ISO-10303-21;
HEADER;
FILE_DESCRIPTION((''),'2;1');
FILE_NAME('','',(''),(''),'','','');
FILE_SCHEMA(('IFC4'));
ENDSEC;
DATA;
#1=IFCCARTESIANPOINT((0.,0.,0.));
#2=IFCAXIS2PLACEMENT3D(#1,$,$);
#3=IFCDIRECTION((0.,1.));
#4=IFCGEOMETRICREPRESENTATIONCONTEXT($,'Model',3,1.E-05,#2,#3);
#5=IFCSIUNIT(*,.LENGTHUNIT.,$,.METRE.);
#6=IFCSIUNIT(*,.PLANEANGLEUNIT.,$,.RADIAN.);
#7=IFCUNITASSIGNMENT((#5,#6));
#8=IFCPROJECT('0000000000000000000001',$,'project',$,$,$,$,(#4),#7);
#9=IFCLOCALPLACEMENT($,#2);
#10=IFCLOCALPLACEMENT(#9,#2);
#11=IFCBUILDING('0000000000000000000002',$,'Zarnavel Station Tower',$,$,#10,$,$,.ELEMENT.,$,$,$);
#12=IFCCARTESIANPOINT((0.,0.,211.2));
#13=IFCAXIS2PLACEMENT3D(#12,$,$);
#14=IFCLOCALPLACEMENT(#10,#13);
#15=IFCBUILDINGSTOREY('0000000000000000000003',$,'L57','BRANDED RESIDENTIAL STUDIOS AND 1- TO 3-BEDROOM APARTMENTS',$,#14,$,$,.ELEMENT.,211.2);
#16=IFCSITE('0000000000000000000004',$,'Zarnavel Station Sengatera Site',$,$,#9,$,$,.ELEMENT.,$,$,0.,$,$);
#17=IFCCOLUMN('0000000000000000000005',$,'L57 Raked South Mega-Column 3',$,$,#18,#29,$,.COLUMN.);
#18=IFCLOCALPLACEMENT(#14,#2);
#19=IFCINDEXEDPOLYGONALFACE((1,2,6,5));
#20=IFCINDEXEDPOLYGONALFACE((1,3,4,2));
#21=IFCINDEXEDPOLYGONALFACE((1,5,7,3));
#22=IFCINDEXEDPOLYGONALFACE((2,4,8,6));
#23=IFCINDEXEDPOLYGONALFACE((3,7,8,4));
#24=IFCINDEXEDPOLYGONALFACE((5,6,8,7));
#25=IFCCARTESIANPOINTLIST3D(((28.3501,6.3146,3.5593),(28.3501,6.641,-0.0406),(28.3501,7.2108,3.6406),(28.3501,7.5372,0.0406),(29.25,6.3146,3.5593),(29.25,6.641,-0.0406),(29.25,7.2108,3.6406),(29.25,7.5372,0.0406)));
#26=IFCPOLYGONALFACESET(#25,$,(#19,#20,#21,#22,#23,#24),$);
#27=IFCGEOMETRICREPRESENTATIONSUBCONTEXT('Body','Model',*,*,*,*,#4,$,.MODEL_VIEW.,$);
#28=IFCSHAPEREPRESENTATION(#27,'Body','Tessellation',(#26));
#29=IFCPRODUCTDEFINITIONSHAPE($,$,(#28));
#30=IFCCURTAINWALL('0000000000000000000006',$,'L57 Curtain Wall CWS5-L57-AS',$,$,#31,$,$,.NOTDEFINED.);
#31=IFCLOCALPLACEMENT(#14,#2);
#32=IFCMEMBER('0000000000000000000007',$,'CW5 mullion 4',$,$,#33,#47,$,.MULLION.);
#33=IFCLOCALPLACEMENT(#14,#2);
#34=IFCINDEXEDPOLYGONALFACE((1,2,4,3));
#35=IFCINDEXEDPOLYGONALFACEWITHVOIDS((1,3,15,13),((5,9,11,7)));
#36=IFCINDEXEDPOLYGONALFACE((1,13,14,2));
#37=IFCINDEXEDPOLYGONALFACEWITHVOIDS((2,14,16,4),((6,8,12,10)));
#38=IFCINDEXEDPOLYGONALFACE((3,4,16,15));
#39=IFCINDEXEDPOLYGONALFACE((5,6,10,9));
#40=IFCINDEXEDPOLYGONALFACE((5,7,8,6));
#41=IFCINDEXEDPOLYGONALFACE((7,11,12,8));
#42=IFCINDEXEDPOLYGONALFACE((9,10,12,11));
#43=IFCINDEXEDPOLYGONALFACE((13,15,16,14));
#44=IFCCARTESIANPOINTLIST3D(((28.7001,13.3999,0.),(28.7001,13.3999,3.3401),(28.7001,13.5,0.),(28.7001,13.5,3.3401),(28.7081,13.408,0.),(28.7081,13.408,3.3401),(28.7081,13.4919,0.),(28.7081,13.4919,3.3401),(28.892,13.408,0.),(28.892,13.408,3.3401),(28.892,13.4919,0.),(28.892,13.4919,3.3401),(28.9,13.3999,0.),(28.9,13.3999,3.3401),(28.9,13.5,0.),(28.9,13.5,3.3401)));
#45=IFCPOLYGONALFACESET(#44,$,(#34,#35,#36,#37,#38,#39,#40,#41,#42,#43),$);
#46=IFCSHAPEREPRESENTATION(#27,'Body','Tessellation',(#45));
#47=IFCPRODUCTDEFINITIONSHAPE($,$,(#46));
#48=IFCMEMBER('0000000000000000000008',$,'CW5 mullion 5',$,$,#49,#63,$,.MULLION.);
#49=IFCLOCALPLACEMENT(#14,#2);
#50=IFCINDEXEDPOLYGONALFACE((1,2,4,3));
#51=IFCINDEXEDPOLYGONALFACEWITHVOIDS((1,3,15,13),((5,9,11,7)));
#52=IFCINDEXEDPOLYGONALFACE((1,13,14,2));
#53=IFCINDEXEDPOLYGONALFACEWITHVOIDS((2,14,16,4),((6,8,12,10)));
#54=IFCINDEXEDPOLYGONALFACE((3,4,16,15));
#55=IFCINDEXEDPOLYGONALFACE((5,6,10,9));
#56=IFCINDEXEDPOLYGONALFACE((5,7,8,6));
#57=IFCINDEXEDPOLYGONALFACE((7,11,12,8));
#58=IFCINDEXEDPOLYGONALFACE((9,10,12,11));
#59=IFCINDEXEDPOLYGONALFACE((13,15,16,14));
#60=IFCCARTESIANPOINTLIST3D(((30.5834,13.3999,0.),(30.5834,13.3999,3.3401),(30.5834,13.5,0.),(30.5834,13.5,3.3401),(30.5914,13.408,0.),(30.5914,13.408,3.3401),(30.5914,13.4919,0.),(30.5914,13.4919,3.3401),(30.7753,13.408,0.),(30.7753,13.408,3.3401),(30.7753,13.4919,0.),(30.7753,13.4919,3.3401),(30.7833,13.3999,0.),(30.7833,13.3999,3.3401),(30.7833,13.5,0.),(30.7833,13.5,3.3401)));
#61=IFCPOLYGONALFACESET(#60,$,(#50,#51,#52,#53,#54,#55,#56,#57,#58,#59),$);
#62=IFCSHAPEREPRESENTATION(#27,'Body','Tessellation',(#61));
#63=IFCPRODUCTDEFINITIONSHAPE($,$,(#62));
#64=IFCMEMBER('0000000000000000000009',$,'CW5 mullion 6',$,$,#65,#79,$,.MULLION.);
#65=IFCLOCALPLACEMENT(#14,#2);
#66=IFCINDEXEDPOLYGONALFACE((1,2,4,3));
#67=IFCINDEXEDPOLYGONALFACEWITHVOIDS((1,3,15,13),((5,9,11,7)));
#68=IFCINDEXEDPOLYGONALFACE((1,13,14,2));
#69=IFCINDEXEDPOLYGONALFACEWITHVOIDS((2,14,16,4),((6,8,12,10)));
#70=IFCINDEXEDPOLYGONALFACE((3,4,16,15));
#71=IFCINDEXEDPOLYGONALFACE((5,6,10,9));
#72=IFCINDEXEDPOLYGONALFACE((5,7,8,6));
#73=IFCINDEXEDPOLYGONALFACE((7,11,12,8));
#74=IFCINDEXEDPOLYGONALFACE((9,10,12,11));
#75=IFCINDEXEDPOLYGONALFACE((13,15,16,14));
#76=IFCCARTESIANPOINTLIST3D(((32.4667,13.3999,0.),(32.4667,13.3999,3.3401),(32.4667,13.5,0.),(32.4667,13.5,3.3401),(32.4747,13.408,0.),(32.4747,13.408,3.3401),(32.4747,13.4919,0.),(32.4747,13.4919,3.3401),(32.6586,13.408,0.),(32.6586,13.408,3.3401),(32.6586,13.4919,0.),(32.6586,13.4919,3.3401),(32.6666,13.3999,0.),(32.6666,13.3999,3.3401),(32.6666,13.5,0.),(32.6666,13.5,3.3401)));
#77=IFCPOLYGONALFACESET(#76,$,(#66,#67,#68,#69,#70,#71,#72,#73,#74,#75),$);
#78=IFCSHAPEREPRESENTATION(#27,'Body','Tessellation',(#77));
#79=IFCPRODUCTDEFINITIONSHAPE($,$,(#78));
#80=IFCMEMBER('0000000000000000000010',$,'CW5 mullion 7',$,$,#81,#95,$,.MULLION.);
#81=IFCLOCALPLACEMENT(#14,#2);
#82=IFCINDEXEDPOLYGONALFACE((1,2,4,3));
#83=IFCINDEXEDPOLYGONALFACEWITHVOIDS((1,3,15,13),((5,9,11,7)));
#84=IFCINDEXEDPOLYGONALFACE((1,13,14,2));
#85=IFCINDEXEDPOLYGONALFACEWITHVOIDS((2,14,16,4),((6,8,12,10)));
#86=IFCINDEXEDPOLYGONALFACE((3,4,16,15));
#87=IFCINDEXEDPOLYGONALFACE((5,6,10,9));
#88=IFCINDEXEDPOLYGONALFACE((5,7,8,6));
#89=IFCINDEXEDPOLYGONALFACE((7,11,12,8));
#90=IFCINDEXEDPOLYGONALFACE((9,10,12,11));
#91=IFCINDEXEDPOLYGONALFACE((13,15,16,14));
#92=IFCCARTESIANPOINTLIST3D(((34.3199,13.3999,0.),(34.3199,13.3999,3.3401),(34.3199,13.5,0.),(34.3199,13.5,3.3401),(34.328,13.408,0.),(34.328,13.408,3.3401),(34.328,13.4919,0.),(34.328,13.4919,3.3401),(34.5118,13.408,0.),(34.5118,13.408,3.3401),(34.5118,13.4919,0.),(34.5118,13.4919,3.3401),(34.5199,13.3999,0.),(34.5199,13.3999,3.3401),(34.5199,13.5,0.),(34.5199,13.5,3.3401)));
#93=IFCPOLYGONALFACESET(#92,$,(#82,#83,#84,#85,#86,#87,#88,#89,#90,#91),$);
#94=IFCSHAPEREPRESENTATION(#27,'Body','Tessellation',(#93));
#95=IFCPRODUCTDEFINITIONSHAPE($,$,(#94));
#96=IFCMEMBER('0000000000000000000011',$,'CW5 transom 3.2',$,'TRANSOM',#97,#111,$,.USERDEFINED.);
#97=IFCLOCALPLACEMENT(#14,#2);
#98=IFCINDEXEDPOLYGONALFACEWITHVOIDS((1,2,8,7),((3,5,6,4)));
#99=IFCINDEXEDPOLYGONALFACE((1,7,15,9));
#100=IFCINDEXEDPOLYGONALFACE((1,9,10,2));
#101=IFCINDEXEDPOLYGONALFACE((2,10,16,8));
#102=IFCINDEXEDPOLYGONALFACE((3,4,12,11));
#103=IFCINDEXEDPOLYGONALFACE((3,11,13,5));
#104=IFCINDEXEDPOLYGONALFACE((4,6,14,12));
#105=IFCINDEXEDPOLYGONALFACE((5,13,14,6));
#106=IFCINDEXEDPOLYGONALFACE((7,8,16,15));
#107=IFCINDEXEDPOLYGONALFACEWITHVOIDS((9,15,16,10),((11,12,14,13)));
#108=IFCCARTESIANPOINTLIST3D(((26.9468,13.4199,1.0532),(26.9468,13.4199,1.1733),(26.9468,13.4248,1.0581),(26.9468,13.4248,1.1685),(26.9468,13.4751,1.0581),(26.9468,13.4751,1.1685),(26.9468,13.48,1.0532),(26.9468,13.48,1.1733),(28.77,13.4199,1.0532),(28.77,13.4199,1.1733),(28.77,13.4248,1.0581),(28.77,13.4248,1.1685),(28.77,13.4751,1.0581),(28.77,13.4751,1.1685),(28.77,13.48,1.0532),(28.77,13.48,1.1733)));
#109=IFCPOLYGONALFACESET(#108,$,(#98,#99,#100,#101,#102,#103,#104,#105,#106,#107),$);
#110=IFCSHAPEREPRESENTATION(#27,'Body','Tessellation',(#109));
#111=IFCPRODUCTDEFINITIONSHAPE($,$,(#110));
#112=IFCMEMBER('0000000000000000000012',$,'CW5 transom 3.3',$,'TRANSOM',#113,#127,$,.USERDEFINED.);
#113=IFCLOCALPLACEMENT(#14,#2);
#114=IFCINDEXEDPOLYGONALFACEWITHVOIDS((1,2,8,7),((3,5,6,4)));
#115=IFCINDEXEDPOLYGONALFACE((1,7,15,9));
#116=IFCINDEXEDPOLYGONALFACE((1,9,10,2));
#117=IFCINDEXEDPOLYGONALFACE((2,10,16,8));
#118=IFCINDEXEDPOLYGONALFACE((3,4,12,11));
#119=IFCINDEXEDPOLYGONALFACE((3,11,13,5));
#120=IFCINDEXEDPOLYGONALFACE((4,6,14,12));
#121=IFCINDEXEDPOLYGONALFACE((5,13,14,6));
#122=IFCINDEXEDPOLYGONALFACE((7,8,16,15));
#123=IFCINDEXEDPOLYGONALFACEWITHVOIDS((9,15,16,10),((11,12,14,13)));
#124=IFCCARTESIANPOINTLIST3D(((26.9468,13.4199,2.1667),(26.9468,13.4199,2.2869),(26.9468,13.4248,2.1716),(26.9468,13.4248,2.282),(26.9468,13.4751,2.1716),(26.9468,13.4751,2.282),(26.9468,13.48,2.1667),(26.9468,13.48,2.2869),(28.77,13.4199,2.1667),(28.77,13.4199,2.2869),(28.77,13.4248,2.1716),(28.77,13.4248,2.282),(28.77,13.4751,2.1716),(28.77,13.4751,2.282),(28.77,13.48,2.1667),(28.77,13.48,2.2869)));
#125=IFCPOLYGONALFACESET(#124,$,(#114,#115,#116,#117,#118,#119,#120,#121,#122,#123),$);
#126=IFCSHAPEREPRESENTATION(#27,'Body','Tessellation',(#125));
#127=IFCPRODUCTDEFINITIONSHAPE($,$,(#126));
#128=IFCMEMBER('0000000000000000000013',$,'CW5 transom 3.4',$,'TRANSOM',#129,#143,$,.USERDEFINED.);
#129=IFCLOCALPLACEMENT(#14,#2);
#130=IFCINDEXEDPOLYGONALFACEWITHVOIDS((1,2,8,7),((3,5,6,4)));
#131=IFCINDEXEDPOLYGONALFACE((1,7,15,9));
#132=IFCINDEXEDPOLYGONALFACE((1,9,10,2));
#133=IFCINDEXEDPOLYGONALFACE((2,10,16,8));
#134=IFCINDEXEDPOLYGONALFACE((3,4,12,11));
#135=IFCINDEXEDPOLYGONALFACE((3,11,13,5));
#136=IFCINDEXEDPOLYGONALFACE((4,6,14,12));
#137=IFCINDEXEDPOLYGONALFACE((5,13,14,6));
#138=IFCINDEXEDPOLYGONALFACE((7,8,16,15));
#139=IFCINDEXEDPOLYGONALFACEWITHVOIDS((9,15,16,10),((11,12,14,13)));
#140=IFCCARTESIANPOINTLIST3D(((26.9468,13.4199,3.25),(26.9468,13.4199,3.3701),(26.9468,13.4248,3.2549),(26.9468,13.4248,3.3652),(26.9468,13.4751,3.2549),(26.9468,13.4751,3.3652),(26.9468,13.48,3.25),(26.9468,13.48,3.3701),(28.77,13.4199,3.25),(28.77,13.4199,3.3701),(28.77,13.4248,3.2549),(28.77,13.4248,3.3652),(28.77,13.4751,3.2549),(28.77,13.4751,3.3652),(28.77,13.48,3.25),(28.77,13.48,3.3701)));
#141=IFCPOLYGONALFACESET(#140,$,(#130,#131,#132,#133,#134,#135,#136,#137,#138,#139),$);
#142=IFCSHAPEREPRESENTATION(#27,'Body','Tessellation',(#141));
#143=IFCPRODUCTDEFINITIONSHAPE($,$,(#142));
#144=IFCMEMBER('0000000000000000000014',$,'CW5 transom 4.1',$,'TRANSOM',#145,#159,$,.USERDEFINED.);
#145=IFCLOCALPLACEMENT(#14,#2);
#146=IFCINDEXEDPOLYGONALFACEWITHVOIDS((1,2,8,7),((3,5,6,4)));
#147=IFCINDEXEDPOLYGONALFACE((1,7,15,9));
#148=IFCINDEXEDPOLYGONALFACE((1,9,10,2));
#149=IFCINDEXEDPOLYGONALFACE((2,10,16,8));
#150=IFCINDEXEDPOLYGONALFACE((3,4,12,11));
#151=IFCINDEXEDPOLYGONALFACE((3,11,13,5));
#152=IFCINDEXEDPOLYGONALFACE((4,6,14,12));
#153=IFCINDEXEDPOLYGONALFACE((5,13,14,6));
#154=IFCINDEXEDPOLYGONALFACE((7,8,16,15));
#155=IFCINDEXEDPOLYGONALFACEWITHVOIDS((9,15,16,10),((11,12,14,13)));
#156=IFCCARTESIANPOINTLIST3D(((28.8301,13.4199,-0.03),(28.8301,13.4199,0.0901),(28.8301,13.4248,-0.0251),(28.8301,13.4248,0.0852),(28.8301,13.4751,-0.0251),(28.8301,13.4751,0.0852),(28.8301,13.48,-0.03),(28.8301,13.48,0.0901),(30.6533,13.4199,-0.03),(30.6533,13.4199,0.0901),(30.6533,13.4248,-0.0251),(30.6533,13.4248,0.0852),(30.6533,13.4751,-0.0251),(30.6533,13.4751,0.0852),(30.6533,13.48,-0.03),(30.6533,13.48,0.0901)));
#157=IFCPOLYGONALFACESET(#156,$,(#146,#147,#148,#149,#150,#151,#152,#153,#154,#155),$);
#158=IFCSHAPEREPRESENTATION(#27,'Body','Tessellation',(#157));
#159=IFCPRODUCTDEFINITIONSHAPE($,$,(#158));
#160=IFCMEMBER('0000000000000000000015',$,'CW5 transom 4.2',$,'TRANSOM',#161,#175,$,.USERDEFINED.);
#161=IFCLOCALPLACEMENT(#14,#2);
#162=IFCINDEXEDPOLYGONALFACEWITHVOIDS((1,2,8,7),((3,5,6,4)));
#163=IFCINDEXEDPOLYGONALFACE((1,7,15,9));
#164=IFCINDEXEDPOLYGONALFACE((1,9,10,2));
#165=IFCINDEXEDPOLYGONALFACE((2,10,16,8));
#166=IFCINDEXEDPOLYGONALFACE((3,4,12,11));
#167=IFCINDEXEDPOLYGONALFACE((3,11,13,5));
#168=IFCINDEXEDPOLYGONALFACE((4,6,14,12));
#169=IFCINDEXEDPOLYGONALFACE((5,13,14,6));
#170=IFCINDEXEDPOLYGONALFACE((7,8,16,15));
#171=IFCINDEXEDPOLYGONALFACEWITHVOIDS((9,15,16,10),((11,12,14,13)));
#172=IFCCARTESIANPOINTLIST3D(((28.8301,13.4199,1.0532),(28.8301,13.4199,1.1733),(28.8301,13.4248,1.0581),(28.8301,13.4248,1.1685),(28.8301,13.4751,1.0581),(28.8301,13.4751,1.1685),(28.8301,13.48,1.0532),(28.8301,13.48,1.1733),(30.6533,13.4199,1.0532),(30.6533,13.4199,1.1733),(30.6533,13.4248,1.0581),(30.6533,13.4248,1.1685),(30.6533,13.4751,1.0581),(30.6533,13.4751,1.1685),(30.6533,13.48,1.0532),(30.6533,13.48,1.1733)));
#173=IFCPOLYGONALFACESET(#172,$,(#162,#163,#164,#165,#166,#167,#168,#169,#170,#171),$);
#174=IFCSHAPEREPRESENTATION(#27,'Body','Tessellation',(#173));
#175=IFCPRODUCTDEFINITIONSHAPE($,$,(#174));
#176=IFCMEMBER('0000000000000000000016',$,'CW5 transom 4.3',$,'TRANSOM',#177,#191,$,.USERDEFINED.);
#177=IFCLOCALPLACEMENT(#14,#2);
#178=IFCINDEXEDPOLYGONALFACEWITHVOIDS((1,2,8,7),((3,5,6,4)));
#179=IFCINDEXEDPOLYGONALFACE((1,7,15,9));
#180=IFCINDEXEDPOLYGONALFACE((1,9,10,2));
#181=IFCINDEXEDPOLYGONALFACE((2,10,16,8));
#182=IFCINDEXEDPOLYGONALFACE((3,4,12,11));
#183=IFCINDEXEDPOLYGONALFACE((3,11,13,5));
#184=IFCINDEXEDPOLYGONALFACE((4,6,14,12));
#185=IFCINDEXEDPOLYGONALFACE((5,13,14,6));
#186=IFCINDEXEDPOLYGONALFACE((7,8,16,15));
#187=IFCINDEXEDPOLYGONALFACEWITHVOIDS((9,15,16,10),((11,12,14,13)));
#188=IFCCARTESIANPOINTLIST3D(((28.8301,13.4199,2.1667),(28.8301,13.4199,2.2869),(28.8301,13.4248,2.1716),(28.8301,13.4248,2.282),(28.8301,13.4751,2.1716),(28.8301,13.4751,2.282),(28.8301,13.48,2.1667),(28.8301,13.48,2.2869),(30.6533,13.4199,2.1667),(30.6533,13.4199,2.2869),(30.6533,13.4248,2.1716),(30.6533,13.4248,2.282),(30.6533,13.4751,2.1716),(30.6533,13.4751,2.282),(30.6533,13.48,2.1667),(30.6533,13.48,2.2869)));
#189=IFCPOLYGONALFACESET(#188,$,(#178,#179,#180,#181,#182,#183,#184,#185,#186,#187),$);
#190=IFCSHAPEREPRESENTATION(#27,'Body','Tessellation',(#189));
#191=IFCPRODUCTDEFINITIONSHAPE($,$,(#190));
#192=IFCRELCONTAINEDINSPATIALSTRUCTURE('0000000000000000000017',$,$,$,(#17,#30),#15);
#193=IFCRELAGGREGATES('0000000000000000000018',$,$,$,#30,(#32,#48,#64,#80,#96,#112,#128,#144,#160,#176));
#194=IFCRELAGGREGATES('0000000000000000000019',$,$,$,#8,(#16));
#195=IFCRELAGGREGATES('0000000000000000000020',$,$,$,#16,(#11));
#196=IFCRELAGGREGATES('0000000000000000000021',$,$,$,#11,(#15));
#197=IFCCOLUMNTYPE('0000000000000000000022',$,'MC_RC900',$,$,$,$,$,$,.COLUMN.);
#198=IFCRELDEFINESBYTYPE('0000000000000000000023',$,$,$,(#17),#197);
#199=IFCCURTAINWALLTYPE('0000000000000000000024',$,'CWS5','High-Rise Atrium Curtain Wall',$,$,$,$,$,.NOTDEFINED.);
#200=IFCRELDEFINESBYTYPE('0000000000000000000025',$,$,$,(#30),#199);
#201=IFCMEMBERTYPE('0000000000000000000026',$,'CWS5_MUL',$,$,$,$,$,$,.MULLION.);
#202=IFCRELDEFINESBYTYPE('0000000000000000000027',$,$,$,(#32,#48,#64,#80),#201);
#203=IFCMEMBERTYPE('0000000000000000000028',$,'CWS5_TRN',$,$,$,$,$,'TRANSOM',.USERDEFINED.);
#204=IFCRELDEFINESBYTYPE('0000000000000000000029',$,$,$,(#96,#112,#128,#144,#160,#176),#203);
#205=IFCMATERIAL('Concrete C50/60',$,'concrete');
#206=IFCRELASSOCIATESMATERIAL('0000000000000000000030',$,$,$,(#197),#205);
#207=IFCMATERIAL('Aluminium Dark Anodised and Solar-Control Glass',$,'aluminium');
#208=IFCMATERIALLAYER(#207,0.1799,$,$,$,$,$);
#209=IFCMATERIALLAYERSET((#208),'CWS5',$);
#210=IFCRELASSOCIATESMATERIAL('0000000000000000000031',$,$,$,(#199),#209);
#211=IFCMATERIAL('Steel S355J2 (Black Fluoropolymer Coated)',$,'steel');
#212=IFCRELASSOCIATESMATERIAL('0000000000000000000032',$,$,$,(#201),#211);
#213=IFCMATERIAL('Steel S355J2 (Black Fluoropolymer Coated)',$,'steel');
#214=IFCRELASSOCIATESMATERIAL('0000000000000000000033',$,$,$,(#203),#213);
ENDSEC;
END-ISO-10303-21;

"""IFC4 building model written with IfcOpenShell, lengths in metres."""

from ifc_helpers import new_model, si_unit, direction, frame, origin, origin_2d, place, context, subcontext, project, spatial, rectangle, hollow_rectangle, extrude, material, layer, layer_set, material_profile, profile_set, type_object, element, aggregate, save


model = new_model("IFC4")

# Units and contexts
model_context = context("Model", 3, precision=1e-05, world=origin(), true_north=direction((0.0, 1.0)))
body_context = subcontext(model_context, "Body", "Model", "MODEL_VIEW")
ifc_project = project(units=[si_unit("LENGTHUNIT", "METRE"), si_unit("PLANEANGLEUNIT", "RADIAN")], contexts=[model_context])

# Site, building, storey
site_placement = place(None, origin())
site = spatial("IfcSite", under=ifc_project, at=site_placement, Name="Zarnavel Station Sengatera Site", CompositionType="ELEMENT", RefElevation=0.0)
building_placement = place(site_placement, origin())
building = spatial("IfcBuilding", under=site, at=building_placement, Name="Zarnavel Station Tower", CompositionType="ELEMENT")
storey_placement = place(building_placement, frame((0.0, 0.0, 211.2)))
storey = spatial("IfcBuildingStorey", under=building, at=storey_placement, Name="L57", Description="BRANDED RESIDENTIAL STUDIOS AND 1- TO 3-BEDROOM APARTMENTS", CompositionType="ELEMENT", Elevation=211.2)

# Column
ifc_material_1 = material(Name="Concrete C50/60", Category="concrete")
ifc_material_profile_1 = material_profile(ifc_material_1, rectangle(XDim=0.8999, YDim=0.8999, at=origin_2d()), Name="RC900x900")
ifc_profile_set_1 = profile_set([ifc_material_profile_1], Name="Concrete C50/60")
column_type = type_object("IfcColumnType", Name="MC_RC900", PredefinedType="COLUMN", material=ifc_profile_set_1)
column_placement = place(storey_placement, frame((28.8, 7.0891, 0.0), z_axis=(0.0, -0.090298, 0.995915), x_axis=(1.0, 0.0, 0.0)))
element("IfcColumn", 1, at=column_placement, inside=storey, type_object=column_type, Name="L57 Raked South Mega-Column 3", PredefinedType="COLUMN", context=body_context, shape_type="SweptSolid", body=[
    extrude(rectangle(XDim=0.8999, YDim=0.8999, at=origin_2d()), origin(), (0.0, 0.0, 1.0), 3.6147),
])

# Curtain wall, members
ifc_material_2 = material(Name="Aluminium Dark Anodised and Solar-Control Glass", Category="aluminium")
ifc_layer_1 = layer(ifc_material_2, 0.1799)
ifc_layer_set_1 = layer_set([ifc_layer_1], Name="CWS5")
curtain_wall_type = type_object("IfcCurtainWallType", Name="CWS5", Description="High-Rise Atrium Curtain Wall", PredefinedType="NOTDEFINED", material=ifc_layer_set_1)
curtain_wall_placement = place(storey_placement, origin())
curtain_wall = element("IfcCurtainWall", 2, at=curtain_wall_placement, inside=storey, type_object=curtain_wall_type, Name="L57 Curtain Wall CWS5-L57-AS", PredefinedType="NOTDEFINED")
ifc_material_3 = material(Name="Steel S355J2 (Black Fluoropolymer Coated)", Category="steel")
ifc_material_profile_2 = material_profile(ifc_material_3, hollow_rectangle(XDim=0.1001, YDim=0.2, WallThickness=0.0081, at=origin_2d()), Name="RHS200x100x8")
ifc_profile_set_2 = profile_set([ifc_material_profile_2], Name="Steel S355J2 (Black Fluoropolymer Coated)")
member_type_1 = type_object("IfcMemberType", Name="CWS5_MUL", PredefinedType="MULLION", material=ifc_profile_set_2)
member_1_placement = place(storey_placement, frame((28.8, 13.45, 0.0), z_axis=(0.0, 0.0, 1.0), x_axis=(0.0, 1.0, 0.0)))
member_1 = element("IfcMember", 3, at=member_1_placement, type_object=member_type_1, Name="CW5 mullion 4", PredefinedType="MULLION", context=body_context, shape_type="SweptSolid", body=[
    extrude(hollow_rectangle(XDim=0.1001, YDim=0.2, WallThickness=0.0081, at=origin_2d()), origin(), (0.0, 0.0, 1.0), 3.3401),
])
member_2_placement = place(storey_placement, frame((30.6833, 13.45, 0.0), z_axis=(0.0, 0.0, 1.0), x_axis=(0.0, 1.0, 0.0)))
member_2 = element("IfcMember", 4, at=member_2_placement, type_object=member_type_1, Name="CW5 mullion 5", PredefinedType="MULLION", context=body_context, shape_type="SweptSolid", body=[
    extrude(hollow_rectangle(XDim=0.1001, YDim=0.2, WallThickness=0.0081, at=origin_2d()), origin(), (0.0, 0.0, 1.0), 3.3401),
])
member_3_placement = place(storey_placement, frame((32.5667, 13.45, 0.0), z_axis=(0.0, 0.0, 1.0), x_axis=(0.0, 1.0, 0.0)))
member_3 = element("IfcMember", 5, at=member_3_placement, type_object=member_type_1, Name="CW5 mullion 6", PredefinedType="MULLION", context=body_context, shape_type="SweptSolid", body=[
    extrude(hollow_rectangle(XDim=0.1001, YDim=0.2, WallThickness=0.0081, at=origin_2d()), origin(), (0.0, 0.0, 1.0), 3.3401),
])
member_4_placement = place(storey_placement, frame((34.4199, 13.45, 0.0), z_axis=(0.0, 0.0, 1.0), x_axis=(0.0, 1.0, 0.0)))
member_4 = element("IfcMember", 6, at=member_4_placement, type_object=member_type_1, Name="CW5 mullion 7", PredefinedType="MULLION", context=body_context, shape_type="SweptSolid", body=[
    extrude(hollow_rectangle(XDim=0.1001, YDim=0.2, WallThickness=0.0081, at=origin_2d()), origin(), (0.0, 0.0, 1.0), 3.3401),
])
ifc_material_4 = material(Name="Steel S355J2 (Black Fluoropolymer Coated)", Category="steel")
ifc_material_profile_3 = material_profile(ifc_material_4, hollow_rectangle(XDim=0.0601, YDim=0.1201, WallThickness=0.0049, at=origin_2d()), Name="RHS120x60x5")
ifc_profile_set_3 = profile_set([ifc_material_profile_3], Name="Steel S355J2 (Black Fluoropolymer Coated)")
member_type_2 = type_object("IfcMemberType", Name="CWS5_TRN", ElementType="TRANSOM", PredefinedType="USERDEFINED", material=ifc_profile_set_3)
member_5_placement = place(storey_placement, frame((26.9468, 13.45, 1.1133), z_axis=(1.0, 0.0, 0.0), x_axis=(0.0, 1.0, 0.0)))
member_5 = element("IfcMember", 7, at=member_5_placement, type_object=member_type_2, Name="CW5 transom 3.2", ObjectType="TRANSOM", PredefinedType="USERDEFINED", context=body_context, shape_type="SweptSolid", body=[
    extrude(hollow_rectangle(XDim=0.0601, YDim=0.1201, WallThickness=0.0049, at=origin_2d()), origin(), (0.0, 0.0, 1.0), 1.8232),
])
member_6_placement = place(storey_placement, frame((26.9468, 13.45, 2.2268), z_axis=(1.0, 0.0, 0.0), x_axis=(0.0, 1.0, 0.0)))
member_6 = element("IfcMember", 8, at=member_6_placement, type_object=member_type_2, Name="CW5 transom 3.3", ObjectType="TRANSOM", PredefinedType="USERDEFINED", context=body_context, shape_type="SweptSolid", body=[
    extrude(hollow_rectangle(XDim=0.0601, YDim=0.1201, WallThickness=0.0049, at=origin_2d()), origin(), (0.0, 0.0, 1.0), 1.8232),
])
member_7_placement = place(storey_placement, frame((26.9468, 13.45, 3.3101), z_axis=(1.0, 0.0, 0.0), x_axis=(0.0, 1.0, 0.0)))
member_7 = element("IfcMember", 9, at=member_7_placement, type_object=member_type_2, Name="CW5 transom 3.4", ObjectType="TRANSOM", PredefinedType="USERDEFINED", context=body_context, shape_type="SweptSolid", body=[
    extrude(hollow_rectangle(XDim=0.0601, YDim=0.1201, WallThickness=0.0049, at=origin_2d()), origin(), (0.0, 0.0, 1.0), 1.8232),
])
member_8_placement = place(storey_placement, frame((28.8301, 13.45, 0.03), z_axis=(1.0, 0.0, 0.0), x_axis=(0.0, 1.0, 0.0)))
member_8 = element("IfcMember", 10, at=member_8_placement, type_object=member_type_2, Name="CW5 transom 4.1", ObjectType="TRANSOM", PredefinedType="USERDEFINED", context=body_context, shape_type="SweptSolid", body=[
    extrude(hollow_rectangle(XDim=0.0601, YDim=0.1201, WallThickness=0.0049, at=origin_2d()), origin(), (0.0, 0.0, 1.0), 1.8232),
])
member_9_placement = place(storey_placement, frame((28.8301, 13.45, 1.1133), z_axis=(1.0, 0.0, 0.0), x_axis=(0.0, 1.0, 0.0)))
member_9 = element("IfcMember", 11, at=member_9_placement, type_object=member_type_2, Name="CW5 transom 4.2", ObjectType="TRANSOM", PredefinedType="USERDEFINED", context=body_context, shape_type="SweptSolid", body=[
    extrude(hollow_rectangle(XDim=0.0601, YDim=0.1201, WallThickness=0.0049, at=origin_2d()), origin(), (0.0, 0.0, 1.0), 1.8232),
])
member_10_placement = place(storey_placement, frame((28.8301, 13.45, 2.2268), z_axis=(1.0, 0.0, 0.0), x_axis=(0.0, 1.0, 0.0)))
member_10 = element("IfcMember", 12, at=member_10_placement, type_object=member_type_2, Name="CW5 transom 4.3", ObjectType="TRANSOM", PredefinedType="USERDEFINED", context=body_context, shape_type="SweptSolid", body=[
    extrude(hollow_rectangle(XDim=0.0601, YDim=0.1201, WallThickness=0.0049, at=origin_2d()), origin(), (0.0, 0.0, 1.0), 1.8232),
])

aggregate(curtain_wall, [member_1, member_2, member_3, member_4, member_5, member_6, member_7, member_8, member_9, member_10])

save(model, "model.ifc")
